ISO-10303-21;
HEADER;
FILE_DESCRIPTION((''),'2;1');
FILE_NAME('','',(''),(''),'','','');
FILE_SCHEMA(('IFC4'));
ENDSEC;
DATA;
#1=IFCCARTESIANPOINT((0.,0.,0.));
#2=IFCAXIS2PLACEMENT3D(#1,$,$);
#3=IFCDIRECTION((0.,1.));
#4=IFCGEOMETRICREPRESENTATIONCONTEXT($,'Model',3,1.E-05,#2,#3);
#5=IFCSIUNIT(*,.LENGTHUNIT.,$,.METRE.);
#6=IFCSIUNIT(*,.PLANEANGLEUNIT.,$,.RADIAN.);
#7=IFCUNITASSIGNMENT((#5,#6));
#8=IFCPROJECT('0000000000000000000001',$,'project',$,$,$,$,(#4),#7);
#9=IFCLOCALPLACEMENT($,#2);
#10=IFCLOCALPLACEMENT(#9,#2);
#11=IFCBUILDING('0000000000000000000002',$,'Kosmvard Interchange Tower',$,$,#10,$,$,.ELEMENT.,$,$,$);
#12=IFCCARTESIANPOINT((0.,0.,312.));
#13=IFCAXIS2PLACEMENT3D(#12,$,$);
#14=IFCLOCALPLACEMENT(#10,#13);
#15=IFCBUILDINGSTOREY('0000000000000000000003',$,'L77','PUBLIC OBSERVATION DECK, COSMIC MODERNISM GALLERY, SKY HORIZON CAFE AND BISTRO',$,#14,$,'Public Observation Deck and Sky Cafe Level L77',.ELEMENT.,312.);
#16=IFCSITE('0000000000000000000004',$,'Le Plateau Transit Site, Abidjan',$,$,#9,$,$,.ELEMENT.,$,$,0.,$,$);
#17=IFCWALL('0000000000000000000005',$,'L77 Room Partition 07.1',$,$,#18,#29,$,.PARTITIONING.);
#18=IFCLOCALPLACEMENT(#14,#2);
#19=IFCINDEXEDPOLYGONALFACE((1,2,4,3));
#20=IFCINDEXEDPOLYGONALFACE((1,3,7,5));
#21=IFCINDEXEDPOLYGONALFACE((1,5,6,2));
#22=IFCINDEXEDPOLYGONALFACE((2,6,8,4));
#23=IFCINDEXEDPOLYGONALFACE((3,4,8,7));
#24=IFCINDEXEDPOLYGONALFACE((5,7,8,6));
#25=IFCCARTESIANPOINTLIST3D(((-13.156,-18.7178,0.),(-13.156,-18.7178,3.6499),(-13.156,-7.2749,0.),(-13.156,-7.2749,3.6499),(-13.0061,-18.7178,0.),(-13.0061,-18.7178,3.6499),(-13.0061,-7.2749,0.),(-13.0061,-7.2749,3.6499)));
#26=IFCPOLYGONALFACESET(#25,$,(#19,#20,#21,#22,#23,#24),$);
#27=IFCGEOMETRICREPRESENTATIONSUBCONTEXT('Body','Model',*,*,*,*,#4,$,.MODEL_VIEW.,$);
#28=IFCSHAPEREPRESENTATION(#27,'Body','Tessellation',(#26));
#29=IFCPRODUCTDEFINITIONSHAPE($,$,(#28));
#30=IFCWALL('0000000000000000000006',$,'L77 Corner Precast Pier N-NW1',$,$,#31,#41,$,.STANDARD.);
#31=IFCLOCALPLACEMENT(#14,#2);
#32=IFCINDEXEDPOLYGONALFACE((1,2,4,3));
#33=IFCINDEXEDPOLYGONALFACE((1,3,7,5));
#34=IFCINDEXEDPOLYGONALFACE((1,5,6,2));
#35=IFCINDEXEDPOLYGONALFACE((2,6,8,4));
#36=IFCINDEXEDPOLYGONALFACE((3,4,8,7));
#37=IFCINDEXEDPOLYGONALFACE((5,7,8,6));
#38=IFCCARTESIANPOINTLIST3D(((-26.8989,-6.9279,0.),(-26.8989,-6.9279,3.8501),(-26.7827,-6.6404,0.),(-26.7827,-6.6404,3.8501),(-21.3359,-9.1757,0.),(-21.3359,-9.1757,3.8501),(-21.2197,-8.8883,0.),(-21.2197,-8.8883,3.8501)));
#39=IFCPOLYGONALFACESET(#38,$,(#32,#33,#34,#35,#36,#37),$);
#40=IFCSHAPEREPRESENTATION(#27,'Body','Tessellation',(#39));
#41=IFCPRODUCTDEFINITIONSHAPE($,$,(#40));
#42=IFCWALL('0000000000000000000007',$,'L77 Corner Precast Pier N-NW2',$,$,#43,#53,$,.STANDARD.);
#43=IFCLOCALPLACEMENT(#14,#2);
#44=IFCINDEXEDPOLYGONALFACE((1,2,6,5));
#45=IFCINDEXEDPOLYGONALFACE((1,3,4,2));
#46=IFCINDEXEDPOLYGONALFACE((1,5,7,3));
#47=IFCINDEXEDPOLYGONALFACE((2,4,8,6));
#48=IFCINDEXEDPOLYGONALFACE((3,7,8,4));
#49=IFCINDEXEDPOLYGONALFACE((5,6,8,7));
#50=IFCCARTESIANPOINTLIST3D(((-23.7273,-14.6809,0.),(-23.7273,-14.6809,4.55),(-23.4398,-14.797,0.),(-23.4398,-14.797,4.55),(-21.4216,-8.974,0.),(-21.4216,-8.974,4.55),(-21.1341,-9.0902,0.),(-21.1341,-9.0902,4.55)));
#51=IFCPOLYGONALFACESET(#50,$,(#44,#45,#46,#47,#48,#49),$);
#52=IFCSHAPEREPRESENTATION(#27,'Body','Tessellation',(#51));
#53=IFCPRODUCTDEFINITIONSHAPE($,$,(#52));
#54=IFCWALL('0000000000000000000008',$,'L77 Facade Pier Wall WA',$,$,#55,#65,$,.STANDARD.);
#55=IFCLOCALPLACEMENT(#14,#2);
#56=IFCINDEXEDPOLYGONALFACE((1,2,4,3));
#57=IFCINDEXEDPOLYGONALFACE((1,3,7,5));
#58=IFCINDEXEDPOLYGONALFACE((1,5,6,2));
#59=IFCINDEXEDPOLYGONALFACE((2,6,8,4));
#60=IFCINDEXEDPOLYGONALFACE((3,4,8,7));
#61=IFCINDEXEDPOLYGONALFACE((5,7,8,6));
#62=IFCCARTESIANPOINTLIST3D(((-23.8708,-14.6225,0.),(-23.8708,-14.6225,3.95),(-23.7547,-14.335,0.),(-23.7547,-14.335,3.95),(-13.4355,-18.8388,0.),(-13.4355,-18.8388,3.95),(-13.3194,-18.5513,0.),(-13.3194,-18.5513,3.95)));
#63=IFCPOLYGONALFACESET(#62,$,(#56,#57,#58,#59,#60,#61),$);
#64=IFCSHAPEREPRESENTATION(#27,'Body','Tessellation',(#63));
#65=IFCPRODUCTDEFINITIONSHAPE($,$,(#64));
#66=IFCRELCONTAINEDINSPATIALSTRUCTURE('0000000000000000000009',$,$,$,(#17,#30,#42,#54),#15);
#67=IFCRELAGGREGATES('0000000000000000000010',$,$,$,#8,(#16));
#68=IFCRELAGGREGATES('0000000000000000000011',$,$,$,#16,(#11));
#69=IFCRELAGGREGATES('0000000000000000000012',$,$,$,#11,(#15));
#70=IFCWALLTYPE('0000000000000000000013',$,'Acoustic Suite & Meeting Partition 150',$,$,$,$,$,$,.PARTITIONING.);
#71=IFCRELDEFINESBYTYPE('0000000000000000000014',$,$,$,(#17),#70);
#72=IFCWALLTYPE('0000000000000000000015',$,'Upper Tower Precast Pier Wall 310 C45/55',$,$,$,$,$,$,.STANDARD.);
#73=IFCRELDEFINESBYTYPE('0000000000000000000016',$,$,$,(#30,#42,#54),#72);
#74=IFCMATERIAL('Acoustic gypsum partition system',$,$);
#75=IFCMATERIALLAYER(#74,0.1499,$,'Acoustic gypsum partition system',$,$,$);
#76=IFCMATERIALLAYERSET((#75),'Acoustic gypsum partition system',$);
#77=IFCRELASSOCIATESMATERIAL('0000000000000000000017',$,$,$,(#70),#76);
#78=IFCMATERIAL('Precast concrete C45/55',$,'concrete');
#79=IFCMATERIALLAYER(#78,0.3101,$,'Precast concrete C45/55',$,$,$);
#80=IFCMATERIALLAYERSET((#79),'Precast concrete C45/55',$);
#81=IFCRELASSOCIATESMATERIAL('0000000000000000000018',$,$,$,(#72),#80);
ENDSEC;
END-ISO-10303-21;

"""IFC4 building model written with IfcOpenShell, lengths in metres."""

from ifc_helpers import new_model, si_unit, direction, frame, frame_2d, origin, place, context, subcontext, project, spatial, rectangle, extrude, material, layer, layer_set, type_object, element, save


model = new_model("IFC4")

# Units and contexts
model_context = context("Model", 3, precision=1e-05, world=origin(), true_north=direction((0.0, 1.0)))
body_context = subcontext(model_context, "Body", "Model", "MODEL_VIEW")
ifc_project = project(units=[si_unit("LENGTHUNIT", "METRE"), si_unit("PLANEANGLEUNIT", "RADIAN")], contexts=[model_context])

# Site, building, storey
site_placement = place(None, origin())
site = spatial("IfcSite", under=ifc_project, at=site_placement, Name="Le Plateau Transit Site, Abidjan", CompositionType="ELEMENT", RefElevation=0.0)
building_placement = place(site_placement, origin())
building = spatial("IfcBuilding", under=site, at=building_placement, Name="Kosmvard Interchange Tower", CompositionType="ELEMENT")
storey_placement = place(building_placement, frame((0.0, 0.0, 312.0)))
storey = spatial("IfcBuildingStorey", under=building, at=storey_placement, Name="L77", Description="PUBLIC OBSERVATION DECK, COSMIC MODERNISM GALLERY, SKY HORIZON CAFE AND BISTRO", LongName="Public Observation Deck and Sky Cafe Level L77", CompositionType="ELEMENT", Elevation=312.0)

# Shared definitions
ifc_material_1 = material(Name="Precast concrete C45/55", Category="concrete")

# Walls
ifc_material_2 = material(Name="Acoustic gypsum partition system")
ifc_layer_1 = layer(ifc_material_2, 0.1499, Name="Acoustic gypsum partition system")
ifc_layer_set_1 = layer_set([ifc_layer_1], Name="Acoustic gypsum partition system")
wall_type_1 = type_object("IfcWallType", Name="Acoustic Suite & Meeting Partition 150", PredefinedType="PARTITIONING", material=ifc_layer_set_1)
wall_1_placement = place(storey_placement, frame((-13.0811, -7.2749, 0.0), z_axis=(0.0, 0.0, 1.0), x_axis=(0.0, -1.0, 0.0)))
element("IfcWall", 1, at=wall_1_placement, inside=storey, type_object=wall_type_1, Name="L77 Room Partition 07.1", PredefinedType="PARTITIONING", context=body_context, shape_type="SweptSolid", body=[
    extrude(rectangle(XDim=11.4429, YDim=0.1499, at=frame_2d((5.7214, 0.0))), origin(), (0.0, 0.0, 1.0), 3.6499),
])
ifc_layer_2 = layer(ifc_material_1, 0.3101, Name="Precast concrete C45/55")
ifc_layer_set_2 = layer_set([ifc_layer_2], Name="Precast concrete C45/55")
wall_type_2 = type_object("IfcWallType", Name="Upper Tower Precast Pier Wall 310 C45/55", PredefinedType="STANDARD", material=ifc_layer_set_2)
wall_2_placement = place(storey_placement, frame((-26.8408, -6.7842, 0.0), z_axis=(0.0, 0.0, 1.0), x_axis=(0.927172, -0.374637, 0.0)))
element("IfcWall", 2, at=wall_2_placement, inside=storey, type_object=wall_type_2, Name="L77 Corner Precast Pier N-NW1", PredefinedType="STANDARD", context=body_context, shape_type="SweptSolid", body=[
    extrude(rectangle(XDim=6.0, YDim=0.3101, at=frame_2d((3.0, 0.0))), origin(), (0.0, 0.0, 1.0), 3.8501),
])
wall_3_placement = place(storey_placement, frame((-21.2778, -9.032, 0.0), z_axis=(0.0, 0.0, 1.0), x_axis=(-0.374603, -0.927185, 0.0)))
element("IfcWall", 3, at=wall_3_placement, inside=storey, type_object=wall_type_2, Name="L77 Corner Precast Pier N-NW2", PredefinedType="STANDARD", context=body_context, shape_type="SweptSolid", body=[
    extrude(rectangle(XDim=6.155, YDim=0.3101, at=frame_2d((3.0776, 0.0))), origin(), (0.0, 0.0, 1.0), 4.55),
])
wall_4_placement = place(storey_placement, frame((-23.8127, -14.4788, 0.0), z_axis=(0.0, 0.0, 1.0), x_axis=(0.927179, -0.37462, 0.0)))
element("IfcWall", 4, at=wall_4_placement, inside=storey, type_object=wall_type_2, Name="L77 Facade Pier Wall WA", PredefinedType="STANDARD", context=body_context, shape_type="SweptSolid", body=[
    extrude(rectangle(XDim=11.2549, YDim=0.3101, at=frame_2d((5.6274, 0.0))), origin(), (0.0, 0.0, 1.0), 3.95),
])

save(model, "model.ifc")
